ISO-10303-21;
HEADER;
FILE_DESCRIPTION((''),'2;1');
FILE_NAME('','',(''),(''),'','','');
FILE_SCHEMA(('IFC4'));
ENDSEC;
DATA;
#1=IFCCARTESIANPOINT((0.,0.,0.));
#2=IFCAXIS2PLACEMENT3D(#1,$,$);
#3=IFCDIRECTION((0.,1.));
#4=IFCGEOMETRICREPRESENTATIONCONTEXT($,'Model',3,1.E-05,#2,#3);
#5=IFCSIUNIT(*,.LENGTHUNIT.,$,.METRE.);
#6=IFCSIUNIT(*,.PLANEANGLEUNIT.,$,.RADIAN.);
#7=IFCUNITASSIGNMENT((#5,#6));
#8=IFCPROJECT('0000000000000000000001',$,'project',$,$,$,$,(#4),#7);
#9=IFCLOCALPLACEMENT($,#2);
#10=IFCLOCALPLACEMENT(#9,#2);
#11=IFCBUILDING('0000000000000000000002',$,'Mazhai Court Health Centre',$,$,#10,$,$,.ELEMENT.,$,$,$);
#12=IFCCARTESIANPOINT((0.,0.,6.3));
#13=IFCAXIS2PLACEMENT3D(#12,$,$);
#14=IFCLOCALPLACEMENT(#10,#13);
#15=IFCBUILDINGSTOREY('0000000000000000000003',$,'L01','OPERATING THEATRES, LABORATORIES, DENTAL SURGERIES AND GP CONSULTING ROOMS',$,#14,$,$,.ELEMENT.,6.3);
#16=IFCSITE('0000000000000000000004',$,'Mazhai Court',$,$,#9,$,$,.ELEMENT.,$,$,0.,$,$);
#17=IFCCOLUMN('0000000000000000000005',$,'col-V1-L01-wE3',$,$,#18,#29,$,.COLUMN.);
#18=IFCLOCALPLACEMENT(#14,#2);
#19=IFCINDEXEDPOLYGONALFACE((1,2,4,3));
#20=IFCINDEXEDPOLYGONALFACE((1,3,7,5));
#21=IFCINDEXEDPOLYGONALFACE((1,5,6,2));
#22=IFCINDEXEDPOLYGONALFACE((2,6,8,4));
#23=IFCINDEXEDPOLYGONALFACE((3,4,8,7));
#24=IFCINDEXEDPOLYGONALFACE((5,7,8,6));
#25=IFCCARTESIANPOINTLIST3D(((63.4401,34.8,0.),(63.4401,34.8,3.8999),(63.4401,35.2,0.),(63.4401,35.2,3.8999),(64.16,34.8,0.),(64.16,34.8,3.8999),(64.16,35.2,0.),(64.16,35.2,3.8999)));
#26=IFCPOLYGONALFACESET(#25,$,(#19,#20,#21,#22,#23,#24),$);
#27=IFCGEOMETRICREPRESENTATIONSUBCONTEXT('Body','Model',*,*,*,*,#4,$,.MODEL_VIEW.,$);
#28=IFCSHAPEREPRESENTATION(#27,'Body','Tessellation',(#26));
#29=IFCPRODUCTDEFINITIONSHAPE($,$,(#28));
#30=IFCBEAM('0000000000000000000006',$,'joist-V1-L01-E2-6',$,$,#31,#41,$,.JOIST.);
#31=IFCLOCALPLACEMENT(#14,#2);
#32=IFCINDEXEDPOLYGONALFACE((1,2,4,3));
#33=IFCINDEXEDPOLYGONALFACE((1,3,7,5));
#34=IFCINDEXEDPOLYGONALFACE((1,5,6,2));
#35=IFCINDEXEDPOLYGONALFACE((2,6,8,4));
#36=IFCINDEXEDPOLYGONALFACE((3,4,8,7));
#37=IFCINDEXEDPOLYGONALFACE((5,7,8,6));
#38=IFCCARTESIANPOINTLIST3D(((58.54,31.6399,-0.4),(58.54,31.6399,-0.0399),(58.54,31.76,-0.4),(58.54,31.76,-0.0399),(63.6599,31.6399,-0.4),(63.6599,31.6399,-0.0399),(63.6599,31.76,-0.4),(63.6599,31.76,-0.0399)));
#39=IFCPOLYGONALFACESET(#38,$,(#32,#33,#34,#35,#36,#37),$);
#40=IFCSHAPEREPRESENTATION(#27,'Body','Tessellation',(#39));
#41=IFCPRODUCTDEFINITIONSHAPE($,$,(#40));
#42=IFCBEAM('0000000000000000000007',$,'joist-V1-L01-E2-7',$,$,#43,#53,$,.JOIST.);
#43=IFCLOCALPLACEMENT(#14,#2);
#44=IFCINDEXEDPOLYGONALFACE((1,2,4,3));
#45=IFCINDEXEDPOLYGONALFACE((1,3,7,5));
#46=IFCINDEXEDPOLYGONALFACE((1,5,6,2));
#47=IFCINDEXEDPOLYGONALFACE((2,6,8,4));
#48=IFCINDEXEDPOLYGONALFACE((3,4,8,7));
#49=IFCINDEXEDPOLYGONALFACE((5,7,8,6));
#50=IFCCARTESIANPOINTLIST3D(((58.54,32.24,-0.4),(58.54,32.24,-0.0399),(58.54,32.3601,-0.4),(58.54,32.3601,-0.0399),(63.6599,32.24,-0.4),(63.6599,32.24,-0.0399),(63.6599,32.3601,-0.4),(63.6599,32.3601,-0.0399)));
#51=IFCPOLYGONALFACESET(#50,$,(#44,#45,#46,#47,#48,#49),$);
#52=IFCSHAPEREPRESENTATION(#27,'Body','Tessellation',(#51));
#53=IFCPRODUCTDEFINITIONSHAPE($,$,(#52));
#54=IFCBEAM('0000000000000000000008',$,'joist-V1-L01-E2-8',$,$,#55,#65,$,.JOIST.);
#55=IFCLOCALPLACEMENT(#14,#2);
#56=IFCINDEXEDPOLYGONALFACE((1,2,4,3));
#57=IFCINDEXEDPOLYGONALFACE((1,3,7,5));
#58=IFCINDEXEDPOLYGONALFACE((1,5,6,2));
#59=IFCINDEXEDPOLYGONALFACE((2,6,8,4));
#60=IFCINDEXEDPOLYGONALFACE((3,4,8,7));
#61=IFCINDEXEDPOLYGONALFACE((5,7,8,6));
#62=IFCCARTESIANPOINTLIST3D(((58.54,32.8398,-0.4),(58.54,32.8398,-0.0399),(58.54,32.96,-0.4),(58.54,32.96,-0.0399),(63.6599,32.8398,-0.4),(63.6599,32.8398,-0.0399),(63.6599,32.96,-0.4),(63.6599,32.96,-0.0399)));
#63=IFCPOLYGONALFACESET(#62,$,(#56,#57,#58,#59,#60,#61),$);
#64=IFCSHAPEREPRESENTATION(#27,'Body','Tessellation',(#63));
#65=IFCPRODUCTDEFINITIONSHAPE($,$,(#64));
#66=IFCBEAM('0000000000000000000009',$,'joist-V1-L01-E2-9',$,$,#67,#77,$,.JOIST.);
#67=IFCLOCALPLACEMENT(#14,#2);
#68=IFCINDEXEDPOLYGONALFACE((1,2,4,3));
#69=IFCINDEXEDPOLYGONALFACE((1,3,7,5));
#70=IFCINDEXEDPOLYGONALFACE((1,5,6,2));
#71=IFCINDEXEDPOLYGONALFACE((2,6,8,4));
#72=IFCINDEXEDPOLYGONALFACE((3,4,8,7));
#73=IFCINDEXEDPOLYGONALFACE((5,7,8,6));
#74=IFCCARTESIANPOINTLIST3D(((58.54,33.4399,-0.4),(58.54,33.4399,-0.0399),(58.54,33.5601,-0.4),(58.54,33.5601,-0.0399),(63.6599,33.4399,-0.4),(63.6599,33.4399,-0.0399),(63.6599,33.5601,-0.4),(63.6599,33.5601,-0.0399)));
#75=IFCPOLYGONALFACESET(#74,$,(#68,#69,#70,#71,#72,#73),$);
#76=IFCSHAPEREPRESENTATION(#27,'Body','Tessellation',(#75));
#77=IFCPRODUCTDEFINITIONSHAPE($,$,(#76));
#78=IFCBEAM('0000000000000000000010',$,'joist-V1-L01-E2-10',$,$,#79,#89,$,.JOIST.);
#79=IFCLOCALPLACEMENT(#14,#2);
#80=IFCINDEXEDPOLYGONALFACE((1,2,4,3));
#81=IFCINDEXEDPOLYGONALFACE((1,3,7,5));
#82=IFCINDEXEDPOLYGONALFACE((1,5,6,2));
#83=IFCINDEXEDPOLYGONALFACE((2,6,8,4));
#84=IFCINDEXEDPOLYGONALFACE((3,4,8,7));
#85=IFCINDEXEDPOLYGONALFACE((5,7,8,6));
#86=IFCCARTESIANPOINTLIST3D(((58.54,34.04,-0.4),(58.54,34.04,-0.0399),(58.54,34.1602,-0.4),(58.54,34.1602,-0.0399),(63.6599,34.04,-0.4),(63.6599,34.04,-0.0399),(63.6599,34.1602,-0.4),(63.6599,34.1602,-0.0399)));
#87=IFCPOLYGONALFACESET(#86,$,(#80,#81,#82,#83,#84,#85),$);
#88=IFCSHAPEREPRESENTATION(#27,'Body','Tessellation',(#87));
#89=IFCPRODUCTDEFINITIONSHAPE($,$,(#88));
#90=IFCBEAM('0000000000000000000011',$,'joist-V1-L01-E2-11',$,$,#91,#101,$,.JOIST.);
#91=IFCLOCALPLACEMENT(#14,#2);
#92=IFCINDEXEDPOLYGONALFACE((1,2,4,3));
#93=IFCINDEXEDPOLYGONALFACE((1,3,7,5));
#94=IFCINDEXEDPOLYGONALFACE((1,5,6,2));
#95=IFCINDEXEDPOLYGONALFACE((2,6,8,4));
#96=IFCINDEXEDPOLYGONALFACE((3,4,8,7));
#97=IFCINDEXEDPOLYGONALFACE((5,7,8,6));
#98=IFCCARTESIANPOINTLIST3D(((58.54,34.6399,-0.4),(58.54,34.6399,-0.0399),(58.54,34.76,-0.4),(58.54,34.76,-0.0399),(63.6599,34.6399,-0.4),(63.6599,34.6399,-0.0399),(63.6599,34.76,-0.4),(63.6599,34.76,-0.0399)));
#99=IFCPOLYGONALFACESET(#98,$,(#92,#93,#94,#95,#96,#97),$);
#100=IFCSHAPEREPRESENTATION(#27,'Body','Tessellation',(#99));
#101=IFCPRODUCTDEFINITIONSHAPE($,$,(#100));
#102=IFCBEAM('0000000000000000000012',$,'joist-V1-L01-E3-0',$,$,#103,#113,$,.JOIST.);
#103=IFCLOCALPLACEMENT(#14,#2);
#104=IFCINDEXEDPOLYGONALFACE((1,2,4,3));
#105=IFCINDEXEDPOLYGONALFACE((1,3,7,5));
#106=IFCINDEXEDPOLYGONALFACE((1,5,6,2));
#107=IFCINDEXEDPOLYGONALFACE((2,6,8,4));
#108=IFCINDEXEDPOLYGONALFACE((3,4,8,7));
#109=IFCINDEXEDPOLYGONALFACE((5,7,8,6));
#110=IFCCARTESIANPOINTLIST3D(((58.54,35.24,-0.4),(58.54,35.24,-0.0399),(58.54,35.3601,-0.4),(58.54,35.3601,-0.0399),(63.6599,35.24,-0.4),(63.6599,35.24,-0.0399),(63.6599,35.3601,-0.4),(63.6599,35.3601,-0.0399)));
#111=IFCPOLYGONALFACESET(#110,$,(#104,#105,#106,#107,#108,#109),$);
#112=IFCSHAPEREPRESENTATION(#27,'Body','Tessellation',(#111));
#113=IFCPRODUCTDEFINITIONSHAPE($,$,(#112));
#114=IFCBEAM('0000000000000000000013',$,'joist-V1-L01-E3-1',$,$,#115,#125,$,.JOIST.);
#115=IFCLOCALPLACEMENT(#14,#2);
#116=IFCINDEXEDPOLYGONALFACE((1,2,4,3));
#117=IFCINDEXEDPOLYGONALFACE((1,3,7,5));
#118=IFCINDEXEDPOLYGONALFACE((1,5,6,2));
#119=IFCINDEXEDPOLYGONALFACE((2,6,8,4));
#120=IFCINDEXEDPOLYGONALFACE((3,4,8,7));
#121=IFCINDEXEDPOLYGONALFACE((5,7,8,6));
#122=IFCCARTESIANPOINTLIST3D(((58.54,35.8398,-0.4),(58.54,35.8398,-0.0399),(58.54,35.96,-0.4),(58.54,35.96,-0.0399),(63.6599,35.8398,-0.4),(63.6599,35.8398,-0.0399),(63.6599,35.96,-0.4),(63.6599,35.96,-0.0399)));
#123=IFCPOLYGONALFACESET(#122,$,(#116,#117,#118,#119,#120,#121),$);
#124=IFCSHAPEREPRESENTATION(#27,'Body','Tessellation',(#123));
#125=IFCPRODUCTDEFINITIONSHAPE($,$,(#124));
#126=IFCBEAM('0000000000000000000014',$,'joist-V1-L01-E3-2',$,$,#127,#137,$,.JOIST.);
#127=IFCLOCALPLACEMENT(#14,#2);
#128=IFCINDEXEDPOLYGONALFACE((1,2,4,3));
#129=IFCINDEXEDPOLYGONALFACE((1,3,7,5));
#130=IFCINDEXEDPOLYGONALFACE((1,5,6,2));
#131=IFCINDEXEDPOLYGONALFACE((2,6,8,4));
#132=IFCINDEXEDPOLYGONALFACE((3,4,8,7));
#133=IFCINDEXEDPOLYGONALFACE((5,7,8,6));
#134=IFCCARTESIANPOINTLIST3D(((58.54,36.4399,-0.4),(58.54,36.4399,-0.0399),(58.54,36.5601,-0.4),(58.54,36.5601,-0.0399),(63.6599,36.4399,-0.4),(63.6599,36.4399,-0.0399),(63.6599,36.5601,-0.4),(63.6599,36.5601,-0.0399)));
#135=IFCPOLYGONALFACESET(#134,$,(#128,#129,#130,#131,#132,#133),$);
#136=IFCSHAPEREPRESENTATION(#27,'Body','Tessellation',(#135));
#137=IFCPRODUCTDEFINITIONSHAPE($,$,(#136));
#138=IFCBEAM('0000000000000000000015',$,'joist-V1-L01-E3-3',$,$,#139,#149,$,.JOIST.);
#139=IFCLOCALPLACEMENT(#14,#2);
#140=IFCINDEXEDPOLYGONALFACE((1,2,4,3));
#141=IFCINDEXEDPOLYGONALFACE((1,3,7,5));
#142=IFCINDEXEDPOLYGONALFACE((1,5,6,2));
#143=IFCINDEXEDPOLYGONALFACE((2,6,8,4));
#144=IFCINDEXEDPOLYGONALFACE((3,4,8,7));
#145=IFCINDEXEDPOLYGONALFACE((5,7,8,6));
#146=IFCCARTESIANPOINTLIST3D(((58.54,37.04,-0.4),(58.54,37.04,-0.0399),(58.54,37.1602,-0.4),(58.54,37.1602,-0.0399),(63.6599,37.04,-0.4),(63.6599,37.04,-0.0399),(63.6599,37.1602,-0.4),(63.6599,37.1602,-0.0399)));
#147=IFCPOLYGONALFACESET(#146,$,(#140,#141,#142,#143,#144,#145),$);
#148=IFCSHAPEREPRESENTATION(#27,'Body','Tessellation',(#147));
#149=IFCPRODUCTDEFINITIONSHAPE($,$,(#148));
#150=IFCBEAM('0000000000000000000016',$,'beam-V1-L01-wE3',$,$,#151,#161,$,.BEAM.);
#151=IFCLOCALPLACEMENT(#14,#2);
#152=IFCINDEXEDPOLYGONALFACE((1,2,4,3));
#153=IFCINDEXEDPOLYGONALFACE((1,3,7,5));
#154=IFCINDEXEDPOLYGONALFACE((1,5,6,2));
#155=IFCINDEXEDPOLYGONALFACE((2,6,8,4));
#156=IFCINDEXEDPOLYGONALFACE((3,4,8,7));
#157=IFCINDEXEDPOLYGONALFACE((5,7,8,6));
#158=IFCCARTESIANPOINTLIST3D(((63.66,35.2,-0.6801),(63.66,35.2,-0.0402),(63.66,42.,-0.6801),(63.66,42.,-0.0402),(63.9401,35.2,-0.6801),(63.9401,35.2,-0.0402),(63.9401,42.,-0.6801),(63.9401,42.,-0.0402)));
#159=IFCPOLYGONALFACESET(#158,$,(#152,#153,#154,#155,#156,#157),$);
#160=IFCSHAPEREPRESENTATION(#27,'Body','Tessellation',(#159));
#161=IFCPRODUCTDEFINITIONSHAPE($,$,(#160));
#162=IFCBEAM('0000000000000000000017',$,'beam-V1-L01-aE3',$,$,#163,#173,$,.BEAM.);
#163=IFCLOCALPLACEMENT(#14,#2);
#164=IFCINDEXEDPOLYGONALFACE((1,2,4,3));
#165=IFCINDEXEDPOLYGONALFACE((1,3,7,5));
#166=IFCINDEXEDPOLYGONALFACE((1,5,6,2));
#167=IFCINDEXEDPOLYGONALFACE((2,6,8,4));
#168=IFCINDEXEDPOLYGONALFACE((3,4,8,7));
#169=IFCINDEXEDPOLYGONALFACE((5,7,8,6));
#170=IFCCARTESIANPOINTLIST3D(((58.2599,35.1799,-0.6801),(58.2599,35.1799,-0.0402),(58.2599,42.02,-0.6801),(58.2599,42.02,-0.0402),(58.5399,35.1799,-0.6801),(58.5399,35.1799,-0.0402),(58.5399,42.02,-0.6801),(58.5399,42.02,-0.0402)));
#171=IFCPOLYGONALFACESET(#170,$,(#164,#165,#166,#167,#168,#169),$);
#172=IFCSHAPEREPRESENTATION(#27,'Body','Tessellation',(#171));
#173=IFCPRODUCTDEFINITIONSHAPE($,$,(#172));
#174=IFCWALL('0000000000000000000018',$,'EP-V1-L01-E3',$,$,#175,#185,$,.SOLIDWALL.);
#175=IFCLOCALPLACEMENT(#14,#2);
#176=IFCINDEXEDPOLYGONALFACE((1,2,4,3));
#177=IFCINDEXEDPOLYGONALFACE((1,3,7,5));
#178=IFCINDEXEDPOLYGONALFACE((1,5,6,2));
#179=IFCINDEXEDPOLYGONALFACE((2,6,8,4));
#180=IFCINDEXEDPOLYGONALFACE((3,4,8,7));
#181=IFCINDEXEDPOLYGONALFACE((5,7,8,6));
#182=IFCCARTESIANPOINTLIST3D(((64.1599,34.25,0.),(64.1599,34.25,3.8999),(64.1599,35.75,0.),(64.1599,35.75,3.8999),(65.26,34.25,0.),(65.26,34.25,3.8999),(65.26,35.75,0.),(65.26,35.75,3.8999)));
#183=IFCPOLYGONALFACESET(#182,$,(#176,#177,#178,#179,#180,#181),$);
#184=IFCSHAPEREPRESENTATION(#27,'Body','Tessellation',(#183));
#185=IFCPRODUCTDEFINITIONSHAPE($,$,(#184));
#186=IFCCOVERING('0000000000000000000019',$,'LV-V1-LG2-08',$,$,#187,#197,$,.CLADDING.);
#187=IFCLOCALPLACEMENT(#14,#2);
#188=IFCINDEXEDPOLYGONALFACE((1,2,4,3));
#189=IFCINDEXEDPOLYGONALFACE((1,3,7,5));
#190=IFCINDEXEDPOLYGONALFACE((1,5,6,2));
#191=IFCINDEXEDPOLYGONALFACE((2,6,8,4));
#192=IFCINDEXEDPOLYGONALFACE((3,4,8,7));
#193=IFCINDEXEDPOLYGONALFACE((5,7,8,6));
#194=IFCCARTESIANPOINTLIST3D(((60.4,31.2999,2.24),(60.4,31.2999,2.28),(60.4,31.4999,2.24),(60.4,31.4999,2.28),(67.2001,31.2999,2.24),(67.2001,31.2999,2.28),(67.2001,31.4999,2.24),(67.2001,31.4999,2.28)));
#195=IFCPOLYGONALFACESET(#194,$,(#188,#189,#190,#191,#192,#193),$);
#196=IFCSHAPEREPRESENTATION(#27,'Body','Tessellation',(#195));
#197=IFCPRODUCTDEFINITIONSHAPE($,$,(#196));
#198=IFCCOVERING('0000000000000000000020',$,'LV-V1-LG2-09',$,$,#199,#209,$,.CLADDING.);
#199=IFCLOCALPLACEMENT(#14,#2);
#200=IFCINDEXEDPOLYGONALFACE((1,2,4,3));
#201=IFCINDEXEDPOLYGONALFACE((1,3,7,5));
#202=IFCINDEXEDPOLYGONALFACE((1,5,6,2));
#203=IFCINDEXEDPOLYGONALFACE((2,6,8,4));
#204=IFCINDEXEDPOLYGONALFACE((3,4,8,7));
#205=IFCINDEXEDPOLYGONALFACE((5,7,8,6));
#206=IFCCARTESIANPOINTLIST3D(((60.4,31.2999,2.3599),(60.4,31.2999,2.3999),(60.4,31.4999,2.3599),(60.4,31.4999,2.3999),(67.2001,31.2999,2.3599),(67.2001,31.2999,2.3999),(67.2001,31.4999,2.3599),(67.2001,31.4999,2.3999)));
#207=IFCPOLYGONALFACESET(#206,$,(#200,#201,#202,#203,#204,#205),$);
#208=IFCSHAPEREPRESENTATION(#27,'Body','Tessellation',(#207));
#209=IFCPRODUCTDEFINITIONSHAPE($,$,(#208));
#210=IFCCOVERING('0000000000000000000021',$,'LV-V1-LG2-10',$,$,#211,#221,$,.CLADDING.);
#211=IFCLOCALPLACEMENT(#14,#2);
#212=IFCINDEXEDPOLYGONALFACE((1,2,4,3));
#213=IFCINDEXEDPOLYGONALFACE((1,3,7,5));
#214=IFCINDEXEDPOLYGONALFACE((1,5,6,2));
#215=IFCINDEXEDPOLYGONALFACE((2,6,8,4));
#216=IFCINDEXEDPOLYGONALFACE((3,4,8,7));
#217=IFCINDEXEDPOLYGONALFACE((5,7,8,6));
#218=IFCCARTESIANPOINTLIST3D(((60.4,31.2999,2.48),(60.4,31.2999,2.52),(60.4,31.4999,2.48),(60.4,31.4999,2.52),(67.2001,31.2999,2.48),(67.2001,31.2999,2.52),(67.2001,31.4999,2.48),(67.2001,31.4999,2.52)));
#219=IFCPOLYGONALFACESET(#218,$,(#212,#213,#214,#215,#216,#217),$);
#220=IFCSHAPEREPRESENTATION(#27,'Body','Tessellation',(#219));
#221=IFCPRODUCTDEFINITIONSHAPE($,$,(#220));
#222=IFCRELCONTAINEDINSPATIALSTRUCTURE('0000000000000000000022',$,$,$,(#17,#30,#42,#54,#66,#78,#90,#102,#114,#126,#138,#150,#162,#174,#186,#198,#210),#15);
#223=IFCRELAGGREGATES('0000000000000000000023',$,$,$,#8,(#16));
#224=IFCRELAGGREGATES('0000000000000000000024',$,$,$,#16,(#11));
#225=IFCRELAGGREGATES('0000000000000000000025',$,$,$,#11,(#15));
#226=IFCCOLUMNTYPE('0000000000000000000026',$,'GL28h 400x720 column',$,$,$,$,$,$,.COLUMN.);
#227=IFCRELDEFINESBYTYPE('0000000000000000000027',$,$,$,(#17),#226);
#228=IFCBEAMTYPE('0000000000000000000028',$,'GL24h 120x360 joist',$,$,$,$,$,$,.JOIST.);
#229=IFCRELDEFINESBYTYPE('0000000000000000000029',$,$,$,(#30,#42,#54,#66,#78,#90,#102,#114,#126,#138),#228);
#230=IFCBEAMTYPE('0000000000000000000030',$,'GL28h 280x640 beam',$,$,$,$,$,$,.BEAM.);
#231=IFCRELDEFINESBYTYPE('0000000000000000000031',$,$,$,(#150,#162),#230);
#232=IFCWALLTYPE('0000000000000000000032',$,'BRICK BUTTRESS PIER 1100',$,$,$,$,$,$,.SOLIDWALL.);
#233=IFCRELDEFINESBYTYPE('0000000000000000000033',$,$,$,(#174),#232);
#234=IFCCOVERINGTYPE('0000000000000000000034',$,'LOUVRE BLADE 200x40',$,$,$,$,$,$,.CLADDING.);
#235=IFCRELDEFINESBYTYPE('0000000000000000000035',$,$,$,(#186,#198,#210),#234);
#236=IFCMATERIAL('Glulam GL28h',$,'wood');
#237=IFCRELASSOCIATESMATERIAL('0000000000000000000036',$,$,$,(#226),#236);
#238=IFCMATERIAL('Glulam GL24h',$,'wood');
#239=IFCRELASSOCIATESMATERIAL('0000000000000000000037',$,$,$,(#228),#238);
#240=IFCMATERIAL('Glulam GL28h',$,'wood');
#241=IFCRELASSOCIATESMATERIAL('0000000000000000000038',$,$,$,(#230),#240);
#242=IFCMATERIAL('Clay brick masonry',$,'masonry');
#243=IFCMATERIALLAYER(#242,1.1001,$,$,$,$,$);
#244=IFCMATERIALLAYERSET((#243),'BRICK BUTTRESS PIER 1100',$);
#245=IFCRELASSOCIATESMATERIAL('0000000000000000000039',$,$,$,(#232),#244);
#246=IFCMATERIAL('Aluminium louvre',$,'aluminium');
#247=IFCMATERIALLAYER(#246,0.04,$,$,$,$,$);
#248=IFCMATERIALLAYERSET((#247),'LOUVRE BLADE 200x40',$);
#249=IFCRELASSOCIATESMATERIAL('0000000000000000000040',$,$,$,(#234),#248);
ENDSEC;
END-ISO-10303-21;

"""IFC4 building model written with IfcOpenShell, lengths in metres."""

from ifc_helpers import new_model, si_unit, direction, frame, frame_2d, origin, origin_2d, place, context, subcontext, project, spatial, rectangle, extrude, material, layer, layer_set, material_profile, profile_set, type_object, element, save


model = new_model("IFC4")

# Units and contexts
model_context = context("Model", 3, precision=1e-05, world=origin(), true_north=direction((0.0, 1.0)))
body_context = subcontext(model_context, "Body", "Model", "MODEL_VIEW")
ifc_project = project(units=[si_unit("LENGTHUNIT", "METRE"), si_unit("PLANEANGLEUNIT", "RADIAN")], contexts=[model_context])

# Site, building, storey
site_placement = place(None, origin())
site = spatial("IfcSite", under=ifc_project, at=site_placement, Name="Mazhai Court", CompositionType="ELEMENT", RefElevation=0.0)
building_placement = place(site_placement, origin())
building = spatial("IfcBuilding", under=site, at=building_placement, Name="Mazhai Court Health Centre", CompositionType="ELEMENT")
storey_placement = place(building_placement, frame((0.0, 0.0, 6.3)))
storey = spatial("IfcBuildingStorey", under=building, at=storey_placement, Name="L01", Description="OPERATING THEATRES, LABORATORIES, DENTAL SURGERIES AND GP CONSULTING ROOMS", CompositionType="ELEMENT", Elevation=6.3)

# Column
ifc_material_1 = material(Name="Glulam GL28h", Category="wood")
ifc_material_profile_1 = material_profile(ifc_material_1, rectangle(XDim=0.3999, YDim=0.72, at=origin_2d()), Name="GL28h 400x720")
ifc_profile_set_1 = profile_set([ifc_material_profile_1], Name="Glulam GL28h")
column_type = type_object("IfcColumnType", Name="GL28h 400x720 column", PredefinedType="COLUMN", material=ifc_profile_set_1)
column_placement = place(storey_placement, frame((63.8, 35.0, 0.0), z_axis=(0.0, 0.0, 1.0), x_axis=(0.0, 1.0, 0.0)))
element("IfcColumn", 1, at=column_placement, inside=storey, type_object=column_type, Name="col-V1-L01-wE3", PredefinedType="COLUMN", context=body_context, shape_type="SweptSolid", body=[
    extrude(rectangle(XDim=0.3999, YDim=0.72, at=origin_2d()), origin(), (0.0, 0.0, 1.0), 3.8999),
])

# Beams
ifc_material_2 = material(Name="Glulam GL24h", Category="wood")
ifc_material_profile_2 = material_profile(ifc_material_2, rectangle(XDim=0.1201, YDim=0.3601, at=origin_2d()), Name="GL24h 120x360")
ifc_profile_set_2 = profile_set([ifc_material_profile_2], Name="Glulam GL24h")
beam_type_1 = type_object("IfcBeamType", Name="GL24h 120x360 joist", PredefinedType="JOIST", material=ifc_profile_set_2)
for number, where, z_axis, x_axis, name in (
    (2, (58.54, 31.7, -0.22), (1.0, 0.0, 0.0), (0.0, 1.0, 0.0), "joist-V1-L01-E2-6"),
    (3, (58.54, 32.3, -0.22), (1.0, 0.0, 0.0), (0.0, 1.0, 0.0), "joist-V1-L01-E2-7"),
    (4, (58.54, 32.8999, -0.22), (1.0, 0.0, 0.0), (0.0, 1.0, 0.0), "joist-V1-L01-E2-8"),
    (5, (58.54, 33.5, -0.22), (1.0, 0.0, 0.0), (0.0, 1.0, 0.0), "joist-V1-L01-E2-9"),
    (6, (58.54, 34.1001, -0.22), (1.0, 0.0, 0.0), (0.0, 1.0, 0.0), "joist-V1-L01-E2-10"),
    (7, (58.54, 34.7, -0.22), (1.0, 0.0, 0.0), (0.0, 1.0, 0.0), "joist-V1-L01-E2-11"),
    (8, (58.54, 35.3, -0.22), (1.0, 0.0, 0.0), (0.0, 1.0, 0.0), "joist-V1-L01-E3-0"),
    (9, (58.54, 35.8999, -0.22), (1.0, 0.0, 0.0), (0.0, 1.0, 0.0), "joist-V1-L01-E3-1"),
    (10, (58.54, 36.5, -0.22), (1.0, 0.0, 0.0), (0.0, 1.0, 0.0), "joist-V1-L01-E3-2"),
    (11, (58.54, 37.1001, -0.22), (1.0, 0.0, 0.0), (0.0, 1.0, 0.0), "joist-V1-L01-E3-3"),
):
    element("IfcBeam", number, at=place(storey_placement, frame(where, z_axis=z_axis, x_axis=x_axis)), inside=storey, type_object=beam_type_1, Name=name, PredefinedType="JOIST", context=body_context, shape_type="SweptSolid", body=[
        extrude(rectangle(XDim=0.1201, YDim=0.3601, at=origin_2d()), origin(), (0.0, 0.0, 1.0), 5.1199),
    ])
ifc_material_3 = material(Name="Glulam GL28h", Category="wood")
ifc_material_profile_3 = material_profile(ifc_material_3, rectangle(XDim=0.28, YDim=0.6399, at=origin_2d()), Name="GL28h 280x640")
ifc_profile_set_3 = profile_set([ifc_material_profile_3], Name="Glulam GL28h")
beam_type_2 = type_object("IfcBeamType", Name="GL28h 280x640 beam", PredefinedType="BEAM", material=ifc_profile_set_3)
beam_1_placement = place(storey_placement, frame((63.8, 35.2, -0.3601), z_axis=(0.0, 1.0, 0.0), x_axis=(-1.0, 0.0, 0.0)))
element("IfcBeam", 12, at=beam_1_placement, inside=storey, type_object=beam_type_2, Name="beam-V1-L01-wE3", PredefinedType="BEAM", context=body_context, shape_type="SweptSolid", body=[
    extrude(rectangle(XDim=0.28, YDim=0.6399, at=origin_2d()), origin(), (0.0, 0.0, 1.0), 6.8),
])
beam_2_placement = place(storey_placement, frame((58.3999, 35.1799, -0.3601), z_axis=(0.0, 1.0, 0.0), x_axis=(-1.0, 0.0, 0.0)))
element("IfcBeam", 13, at=beam_2_placement, inside=storey, type_object=beam_type_2, Name="beam-V1-L01-aE3", PredefinedType="BEAM", context=body_context, shape_type="SweptSolid", body=[
    extrude(rectangle(XDim=0.28, YDim=0.6399, at=origin_2d()), origin(), (0.0, 0.0, 1.0), 6.8401),
])

# Wall
ifc_material_4 = material(Name="Clay brick masonry", Category="masonry")
ifc_layer_1 = layer(ifc_material_4, 1.1001)
ifc_layer_set_1 = layer_set([ifc_layer_1], Name="BRICK BUTTRESS PIER 1100")
wall_type = type_object("IfcWallType", Name="BRICK BUTTRESS PIER 1100", PredefinedType="SOLIDWALL", material=ifc_layer_set_1)
wall_placement = place(storey_placement, frame((64.71, 35.75, 0.0), z_axis=(0.0, 0.0, 1.0), x_axis=(0.0, -1.0, 0.0)))
element("IfcWall", 14, at=wall_placement, inside=storey, type_object=wall_type, Name="EP-V1-L01-E3", PredefinedType="SOLIDWALL", context=body_context, shape_type="SweptSolid", body=[
    extrude(rectangle(XDim=1.5, YDim=1.1001, at=frame_2d((0.75, 0.0))), origin(), (0.0, 0.0, 1.0), 3.8999),
])

# Coverings
ifc_material_5 = material(Name="Aluminium louvre", Category="aluminium")
ifc_layer_2 = layer(ifc_material_5, 0.04)
ifc_layer_set_2 = layer_set([ifc_layer_2], Name="LOUVRE BLADE 200x40")
covering_type = type_object("IfcCoveringType", Name="LOUVRE BLADE 200x40", PredefinedType="CLADDING", material=ifc_layer_set_2)
for number, where, z_axis, x_axis, name in (
    (15, (63.8, 31.3999, 2.24), (0.0, 0.0, 1.0), (0.0, 1.0, 0.0), "LV-V1-LG2-08"),
    (16, (63.8, 31.3999, 2.3599), (0.0, 0.0, 1.0), (0.0, 1.0, 0.0), "LV-V1-LG2-09"),
    (17, (63.8, 31.3999, 2.48), (0.0, 0.0, 1.0), (0.0, 1.0, 0.0), "LV-V1-LG2-10"),
):
    element("IfcCovering", number, at=place(storey_placement, frame(where, z_axis=z_axis, x_axis=x_axis)), inside=storey, type_object=covering_type, Name=name, PredefinedType="CLADDING", context=body_context, shape_type="SweptSolid", body=[
        extrude(rectangle(XDim=0.2, YDim=6.8, at=origin_2d()), origin(), (0.0, 0.0, 1.0), 0.04),
    ])

save(model, "model.ifc")
